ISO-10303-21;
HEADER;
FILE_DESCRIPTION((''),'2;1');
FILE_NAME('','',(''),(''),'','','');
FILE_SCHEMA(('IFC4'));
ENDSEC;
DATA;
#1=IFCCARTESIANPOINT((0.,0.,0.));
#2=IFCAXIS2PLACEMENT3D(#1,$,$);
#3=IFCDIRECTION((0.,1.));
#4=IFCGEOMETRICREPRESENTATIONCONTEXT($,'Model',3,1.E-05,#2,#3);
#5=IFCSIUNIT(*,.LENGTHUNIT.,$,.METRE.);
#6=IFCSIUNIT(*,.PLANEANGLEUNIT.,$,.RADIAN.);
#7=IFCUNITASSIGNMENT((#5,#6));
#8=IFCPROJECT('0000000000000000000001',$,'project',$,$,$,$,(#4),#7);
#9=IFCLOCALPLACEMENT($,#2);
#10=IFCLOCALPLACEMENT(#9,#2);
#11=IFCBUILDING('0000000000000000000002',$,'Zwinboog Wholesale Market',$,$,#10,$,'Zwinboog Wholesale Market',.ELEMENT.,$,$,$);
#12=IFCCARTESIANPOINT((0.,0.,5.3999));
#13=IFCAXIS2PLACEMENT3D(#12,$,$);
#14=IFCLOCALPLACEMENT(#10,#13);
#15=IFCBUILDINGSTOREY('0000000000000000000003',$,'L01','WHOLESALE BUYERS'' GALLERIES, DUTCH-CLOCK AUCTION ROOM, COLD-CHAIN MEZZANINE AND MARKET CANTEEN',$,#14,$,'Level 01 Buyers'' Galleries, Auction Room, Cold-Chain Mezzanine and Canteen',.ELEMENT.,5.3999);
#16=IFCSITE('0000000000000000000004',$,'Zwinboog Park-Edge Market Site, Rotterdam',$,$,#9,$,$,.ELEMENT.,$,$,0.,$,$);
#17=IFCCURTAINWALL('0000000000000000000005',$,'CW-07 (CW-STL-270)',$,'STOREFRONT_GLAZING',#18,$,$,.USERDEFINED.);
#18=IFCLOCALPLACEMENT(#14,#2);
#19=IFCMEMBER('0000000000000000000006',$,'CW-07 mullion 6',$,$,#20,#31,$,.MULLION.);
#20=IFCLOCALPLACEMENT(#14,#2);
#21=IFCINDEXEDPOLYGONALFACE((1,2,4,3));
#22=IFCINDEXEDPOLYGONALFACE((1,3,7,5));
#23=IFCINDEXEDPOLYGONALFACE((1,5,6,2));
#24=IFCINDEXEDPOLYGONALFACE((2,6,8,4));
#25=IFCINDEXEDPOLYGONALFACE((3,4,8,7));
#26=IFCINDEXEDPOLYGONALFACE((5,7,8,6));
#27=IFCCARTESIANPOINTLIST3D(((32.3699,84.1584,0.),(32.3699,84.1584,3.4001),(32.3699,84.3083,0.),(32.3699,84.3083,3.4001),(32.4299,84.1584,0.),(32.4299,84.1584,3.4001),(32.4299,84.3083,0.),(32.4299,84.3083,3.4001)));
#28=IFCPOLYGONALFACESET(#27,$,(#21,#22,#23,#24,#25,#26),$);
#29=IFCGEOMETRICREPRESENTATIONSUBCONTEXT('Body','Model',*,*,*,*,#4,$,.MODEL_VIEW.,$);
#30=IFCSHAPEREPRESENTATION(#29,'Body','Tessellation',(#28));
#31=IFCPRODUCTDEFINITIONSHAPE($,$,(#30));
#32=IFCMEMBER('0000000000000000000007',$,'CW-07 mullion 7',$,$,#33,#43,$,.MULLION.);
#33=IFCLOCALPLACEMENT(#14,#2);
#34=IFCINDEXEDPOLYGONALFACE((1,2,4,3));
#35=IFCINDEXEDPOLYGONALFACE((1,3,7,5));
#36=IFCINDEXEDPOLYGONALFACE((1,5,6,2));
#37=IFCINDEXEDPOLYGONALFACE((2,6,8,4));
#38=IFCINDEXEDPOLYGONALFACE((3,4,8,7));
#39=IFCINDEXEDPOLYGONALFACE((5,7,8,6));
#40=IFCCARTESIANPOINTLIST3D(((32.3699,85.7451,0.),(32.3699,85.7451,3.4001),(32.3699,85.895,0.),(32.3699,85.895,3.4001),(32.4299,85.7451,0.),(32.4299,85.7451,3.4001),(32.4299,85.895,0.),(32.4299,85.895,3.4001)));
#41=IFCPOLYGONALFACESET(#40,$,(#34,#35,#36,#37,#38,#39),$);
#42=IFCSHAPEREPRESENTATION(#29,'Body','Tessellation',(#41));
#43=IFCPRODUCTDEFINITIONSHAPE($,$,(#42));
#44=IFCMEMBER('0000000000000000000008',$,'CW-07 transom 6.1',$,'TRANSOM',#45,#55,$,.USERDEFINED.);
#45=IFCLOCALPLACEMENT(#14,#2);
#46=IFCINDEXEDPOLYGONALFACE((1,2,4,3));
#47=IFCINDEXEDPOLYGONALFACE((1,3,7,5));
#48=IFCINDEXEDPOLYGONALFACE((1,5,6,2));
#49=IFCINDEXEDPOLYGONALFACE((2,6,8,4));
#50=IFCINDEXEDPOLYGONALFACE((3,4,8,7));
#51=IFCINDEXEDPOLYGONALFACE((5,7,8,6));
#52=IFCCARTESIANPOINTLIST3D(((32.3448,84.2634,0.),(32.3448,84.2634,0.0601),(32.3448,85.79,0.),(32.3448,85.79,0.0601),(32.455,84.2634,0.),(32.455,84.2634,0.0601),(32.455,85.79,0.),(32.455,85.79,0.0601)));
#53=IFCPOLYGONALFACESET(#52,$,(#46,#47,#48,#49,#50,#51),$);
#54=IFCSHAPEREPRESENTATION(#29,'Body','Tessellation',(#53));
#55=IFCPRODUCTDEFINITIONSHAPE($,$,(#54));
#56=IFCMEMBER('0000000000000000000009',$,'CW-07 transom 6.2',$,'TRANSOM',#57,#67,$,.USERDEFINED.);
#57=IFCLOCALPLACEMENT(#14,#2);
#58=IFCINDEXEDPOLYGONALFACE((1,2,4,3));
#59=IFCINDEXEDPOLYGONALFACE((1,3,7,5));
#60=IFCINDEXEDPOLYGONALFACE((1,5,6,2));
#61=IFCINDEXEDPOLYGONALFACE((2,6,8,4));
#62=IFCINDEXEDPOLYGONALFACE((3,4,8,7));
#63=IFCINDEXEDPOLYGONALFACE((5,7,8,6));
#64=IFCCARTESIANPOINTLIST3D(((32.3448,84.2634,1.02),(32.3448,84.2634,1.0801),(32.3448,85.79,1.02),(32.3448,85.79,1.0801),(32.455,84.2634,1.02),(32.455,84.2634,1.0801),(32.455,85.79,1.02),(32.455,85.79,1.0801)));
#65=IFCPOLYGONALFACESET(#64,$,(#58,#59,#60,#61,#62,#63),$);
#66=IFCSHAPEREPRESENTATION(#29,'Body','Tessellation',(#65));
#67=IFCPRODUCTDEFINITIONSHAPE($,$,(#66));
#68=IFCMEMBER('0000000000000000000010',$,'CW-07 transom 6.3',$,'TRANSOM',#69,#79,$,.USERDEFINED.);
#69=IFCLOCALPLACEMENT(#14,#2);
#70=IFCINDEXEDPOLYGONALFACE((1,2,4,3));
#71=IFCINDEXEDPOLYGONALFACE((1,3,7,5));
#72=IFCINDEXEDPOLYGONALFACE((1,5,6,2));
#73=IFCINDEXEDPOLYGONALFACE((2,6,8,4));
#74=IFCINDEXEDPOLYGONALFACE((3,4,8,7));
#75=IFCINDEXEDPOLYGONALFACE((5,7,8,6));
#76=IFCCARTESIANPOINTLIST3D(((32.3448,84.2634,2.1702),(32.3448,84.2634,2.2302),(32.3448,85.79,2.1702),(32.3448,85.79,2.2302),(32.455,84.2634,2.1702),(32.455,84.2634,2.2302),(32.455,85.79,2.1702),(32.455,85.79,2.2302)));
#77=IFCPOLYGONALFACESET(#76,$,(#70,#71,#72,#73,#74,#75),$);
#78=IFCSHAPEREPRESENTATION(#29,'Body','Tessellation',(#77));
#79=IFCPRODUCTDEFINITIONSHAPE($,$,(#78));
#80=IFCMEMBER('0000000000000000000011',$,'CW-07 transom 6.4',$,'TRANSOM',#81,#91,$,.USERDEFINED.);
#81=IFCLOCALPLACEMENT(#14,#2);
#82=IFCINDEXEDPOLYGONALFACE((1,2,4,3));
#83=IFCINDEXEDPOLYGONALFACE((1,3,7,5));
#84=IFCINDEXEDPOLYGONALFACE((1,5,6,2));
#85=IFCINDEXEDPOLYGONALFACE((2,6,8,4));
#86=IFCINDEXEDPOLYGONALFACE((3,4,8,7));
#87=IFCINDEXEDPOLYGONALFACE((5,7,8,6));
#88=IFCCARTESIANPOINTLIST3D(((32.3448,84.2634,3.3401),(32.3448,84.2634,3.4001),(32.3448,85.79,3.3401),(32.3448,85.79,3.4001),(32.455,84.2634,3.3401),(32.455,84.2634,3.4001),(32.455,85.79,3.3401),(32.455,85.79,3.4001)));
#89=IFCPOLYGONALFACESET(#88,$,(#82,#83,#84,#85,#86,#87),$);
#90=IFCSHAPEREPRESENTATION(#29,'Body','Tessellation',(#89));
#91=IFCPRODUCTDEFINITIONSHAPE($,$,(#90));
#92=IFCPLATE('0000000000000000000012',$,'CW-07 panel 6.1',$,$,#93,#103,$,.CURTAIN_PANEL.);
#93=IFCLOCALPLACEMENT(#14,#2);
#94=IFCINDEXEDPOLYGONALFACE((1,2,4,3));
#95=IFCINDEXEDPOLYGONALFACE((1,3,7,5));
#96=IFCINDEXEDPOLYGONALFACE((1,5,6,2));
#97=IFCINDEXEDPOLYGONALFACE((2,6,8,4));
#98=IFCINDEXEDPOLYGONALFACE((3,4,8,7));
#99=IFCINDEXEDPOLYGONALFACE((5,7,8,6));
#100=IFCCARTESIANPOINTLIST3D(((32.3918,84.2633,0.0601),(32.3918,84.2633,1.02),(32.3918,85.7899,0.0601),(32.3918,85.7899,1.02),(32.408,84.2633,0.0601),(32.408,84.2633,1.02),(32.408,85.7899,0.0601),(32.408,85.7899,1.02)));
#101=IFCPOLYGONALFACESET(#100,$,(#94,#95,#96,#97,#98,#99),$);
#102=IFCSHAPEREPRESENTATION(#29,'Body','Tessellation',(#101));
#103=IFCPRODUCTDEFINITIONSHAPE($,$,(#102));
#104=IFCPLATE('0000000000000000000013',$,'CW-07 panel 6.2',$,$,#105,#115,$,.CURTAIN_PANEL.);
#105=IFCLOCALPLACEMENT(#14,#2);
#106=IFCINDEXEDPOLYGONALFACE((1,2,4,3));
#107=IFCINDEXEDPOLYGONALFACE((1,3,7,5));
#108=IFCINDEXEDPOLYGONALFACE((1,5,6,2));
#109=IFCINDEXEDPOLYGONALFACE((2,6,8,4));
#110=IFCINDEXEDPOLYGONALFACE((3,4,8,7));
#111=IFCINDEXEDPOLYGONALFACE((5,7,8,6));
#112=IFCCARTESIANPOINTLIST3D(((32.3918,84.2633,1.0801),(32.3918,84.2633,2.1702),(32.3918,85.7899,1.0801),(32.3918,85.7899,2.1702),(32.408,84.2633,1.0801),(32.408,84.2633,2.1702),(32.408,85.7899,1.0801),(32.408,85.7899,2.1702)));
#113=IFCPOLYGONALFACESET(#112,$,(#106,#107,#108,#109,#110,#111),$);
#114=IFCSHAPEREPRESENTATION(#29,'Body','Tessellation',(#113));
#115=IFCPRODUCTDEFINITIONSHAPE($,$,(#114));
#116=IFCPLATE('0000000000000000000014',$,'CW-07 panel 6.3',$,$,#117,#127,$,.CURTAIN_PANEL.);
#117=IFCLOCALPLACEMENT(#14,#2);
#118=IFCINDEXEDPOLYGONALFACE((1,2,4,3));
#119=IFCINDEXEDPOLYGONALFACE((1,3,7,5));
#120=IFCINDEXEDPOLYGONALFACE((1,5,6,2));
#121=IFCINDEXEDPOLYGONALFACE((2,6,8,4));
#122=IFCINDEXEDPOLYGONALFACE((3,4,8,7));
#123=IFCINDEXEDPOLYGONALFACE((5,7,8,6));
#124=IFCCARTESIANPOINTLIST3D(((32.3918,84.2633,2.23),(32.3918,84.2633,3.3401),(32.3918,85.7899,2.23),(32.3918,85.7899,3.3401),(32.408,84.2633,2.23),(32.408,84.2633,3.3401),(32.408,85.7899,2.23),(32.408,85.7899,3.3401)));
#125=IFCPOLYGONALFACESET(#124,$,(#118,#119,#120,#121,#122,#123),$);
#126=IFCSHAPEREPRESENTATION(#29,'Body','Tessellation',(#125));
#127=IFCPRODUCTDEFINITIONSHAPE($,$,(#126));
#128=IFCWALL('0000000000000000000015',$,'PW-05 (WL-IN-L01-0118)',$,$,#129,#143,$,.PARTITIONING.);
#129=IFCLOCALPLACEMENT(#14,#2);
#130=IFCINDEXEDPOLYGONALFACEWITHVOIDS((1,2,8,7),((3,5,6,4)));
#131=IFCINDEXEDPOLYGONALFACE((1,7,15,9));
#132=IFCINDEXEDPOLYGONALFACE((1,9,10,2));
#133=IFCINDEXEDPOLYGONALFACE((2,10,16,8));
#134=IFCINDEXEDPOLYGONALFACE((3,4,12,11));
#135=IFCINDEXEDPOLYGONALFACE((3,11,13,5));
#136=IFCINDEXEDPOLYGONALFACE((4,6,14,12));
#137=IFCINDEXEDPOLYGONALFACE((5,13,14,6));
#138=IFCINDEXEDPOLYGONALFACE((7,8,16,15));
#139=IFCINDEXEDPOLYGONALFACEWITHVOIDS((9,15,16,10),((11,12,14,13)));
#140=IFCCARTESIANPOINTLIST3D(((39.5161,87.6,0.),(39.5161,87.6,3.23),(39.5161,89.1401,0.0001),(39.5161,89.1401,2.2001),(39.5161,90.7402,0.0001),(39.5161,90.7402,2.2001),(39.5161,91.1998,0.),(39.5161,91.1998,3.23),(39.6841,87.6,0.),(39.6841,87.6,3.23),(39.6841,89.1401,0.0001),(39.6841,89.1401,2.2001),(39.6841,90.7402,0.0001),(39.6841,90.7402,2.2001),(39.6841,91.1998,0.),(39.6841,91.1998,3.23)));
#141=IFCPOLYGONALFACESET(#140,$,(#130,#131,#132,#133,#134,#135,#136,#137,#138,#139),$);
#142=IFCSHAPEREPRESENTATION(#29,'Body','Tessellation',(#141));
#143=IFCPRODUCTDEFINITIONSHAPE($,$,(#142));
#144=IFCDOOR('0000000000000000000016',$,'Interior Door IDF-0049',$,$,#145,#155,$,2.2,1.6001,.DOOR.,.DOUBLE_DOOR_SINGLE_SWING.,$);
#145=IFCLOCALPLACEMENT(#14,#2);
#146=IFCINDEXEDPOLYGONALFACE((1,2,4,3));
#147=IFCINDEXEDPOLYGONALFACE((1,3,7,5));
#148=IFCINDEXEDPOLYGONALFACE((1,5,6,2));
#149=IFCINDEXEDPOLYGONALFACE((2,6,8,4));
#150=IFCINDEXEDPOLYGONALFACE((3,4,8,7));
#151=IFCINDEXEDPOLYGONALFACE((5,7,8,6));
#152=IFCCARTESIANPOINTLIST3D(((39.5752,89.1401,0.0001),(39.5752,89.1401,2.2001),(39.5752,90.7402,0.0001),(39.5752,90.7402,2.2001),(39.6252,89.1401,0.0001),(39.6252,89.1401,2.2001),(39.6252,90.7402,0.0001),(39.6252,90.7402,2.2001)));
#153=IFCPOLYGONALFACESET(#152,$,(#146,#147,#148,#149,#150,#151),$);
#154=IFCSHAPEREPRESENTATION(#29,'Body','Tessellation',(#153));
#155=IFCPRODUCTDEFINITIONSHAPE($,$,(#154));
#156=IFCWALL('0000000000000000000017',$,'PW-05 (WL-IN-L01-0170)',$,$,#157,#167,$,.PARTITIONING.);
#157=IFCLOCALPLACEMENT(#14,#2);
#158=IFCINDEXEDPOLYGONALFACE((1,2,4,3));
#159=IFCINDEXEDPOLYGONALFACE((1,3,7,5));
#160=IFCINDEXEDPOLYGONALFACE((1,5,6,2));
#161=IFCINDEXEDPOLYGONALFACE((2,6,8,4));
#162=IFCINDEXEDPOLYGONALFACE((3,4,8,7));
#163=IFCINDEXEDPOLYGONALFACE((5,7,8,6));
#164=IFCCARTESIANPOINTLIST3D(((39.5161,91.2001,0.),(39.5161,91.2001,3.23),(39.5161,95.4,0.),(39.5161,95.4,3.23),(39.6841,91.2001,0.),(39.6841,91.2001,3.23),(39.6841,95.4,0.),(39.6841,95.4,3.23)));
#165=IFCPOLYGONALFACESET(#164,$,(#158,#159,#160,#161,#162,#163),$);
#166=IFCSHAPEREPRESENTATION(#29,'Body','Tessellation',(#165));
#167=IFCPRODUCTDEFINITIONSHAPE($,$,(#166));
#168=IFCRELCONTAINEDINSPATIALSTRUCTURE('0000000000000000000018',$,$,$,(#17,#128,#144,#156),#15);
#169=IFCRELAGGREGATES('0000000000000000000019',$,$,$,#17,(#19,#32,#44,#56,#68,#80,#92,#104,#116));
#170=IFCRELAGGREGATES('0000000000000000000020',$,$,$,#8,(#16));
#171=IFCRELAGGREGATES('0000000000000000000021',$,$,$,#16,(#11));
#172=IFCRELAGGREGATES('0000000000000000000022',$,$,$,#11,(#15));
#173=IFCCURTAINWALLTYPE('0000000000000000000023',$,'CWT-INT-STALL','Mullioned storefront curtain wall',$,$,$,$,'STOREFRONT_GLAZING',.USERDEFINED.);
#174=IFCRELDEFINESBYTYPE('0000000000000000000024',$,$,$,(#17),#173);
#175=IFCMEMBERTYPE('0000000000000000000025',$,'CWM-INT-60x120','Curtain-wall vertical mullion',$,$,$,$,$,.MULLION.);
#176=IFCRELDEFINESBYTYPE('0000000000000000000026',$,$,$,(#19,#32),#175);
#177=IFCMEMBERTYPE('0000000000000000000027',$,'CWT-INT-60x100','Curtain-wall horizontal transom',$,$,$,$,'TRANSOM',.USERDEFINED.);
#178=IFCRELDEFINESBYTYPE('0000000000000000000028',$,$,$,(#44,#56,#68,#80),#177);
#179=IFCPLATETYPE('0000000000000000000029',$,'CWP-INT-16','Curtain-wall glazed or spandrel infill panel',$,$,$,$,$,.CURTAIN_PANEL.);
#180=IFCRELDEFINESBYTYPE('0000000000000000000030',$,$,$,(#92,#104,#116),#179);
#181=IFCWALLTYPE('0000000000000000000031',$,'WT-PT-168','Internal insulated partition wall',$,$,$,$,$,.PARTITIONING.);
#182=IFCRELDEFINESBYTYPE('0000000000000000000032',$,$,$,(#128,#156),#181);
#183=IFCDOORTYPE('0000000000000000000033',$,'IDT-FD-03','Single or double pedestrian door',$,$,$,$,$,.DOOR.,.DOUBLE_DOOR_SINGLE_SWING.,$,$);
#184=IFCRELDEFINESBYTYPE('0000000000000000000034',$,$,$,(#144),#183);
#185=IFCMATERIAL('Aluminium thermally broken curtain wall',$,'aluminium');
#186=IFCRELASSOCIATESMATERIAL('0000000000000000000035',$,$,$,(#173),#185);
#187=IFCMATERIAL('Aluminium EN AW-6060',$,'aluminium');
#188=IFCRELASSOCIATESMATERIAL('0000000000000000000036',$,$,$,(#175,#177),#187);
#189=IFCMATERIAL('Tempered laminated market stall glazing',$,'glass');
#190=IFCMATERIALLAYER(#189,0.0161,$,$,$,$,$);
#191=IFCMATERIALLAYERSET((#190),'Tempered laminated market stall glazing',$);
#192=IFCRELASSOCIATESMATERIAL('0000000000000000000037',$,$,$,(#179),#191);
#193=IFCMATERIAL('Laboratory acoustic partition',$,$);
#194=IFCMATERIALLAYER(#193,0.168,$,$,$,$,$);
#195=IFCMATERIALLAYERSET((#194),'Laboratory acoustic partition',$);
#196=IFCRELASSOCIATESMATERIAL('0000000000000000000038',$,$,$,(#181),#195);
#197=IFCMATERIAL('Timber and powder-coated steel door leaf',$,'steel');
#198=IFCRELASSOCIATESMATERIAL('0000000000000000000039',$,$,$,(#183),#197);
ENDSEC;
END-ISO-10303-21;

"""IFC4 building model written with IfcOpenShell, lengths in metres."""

from ifc_helpers import new_model, si_unit, direction, frame, frame_2d, origin, origin_2d, place, context, subcontext, project, spatial, rectangle, extrude, material, layer, layer_set, material_profile, profile_set, type_object, element, fill, aggregate, save


model = new_model("IFC4")

# Units and contexts
model_context = context("Model", 3, precision=1e-05, world=origin(), true_north=direction((0.0, 1.0)))
body_context = subcontext(model_context, "Body", "Model", "MODEL_VIEW")
ifc_project = project(units=[si_unit("LENGTHUNIT", "METRE"), si_unit("PLANEANGLEUNIT", "RADIAN")], contexts=[model_context])

# Site, building, storey
site_placement = place(None, origin())
site = spatial("IfcSite", under=ifc_project, at=site_placement, Name="Zwinboog Park-Edge Market Site, Rotterdam", CompositionType="ELEMENT", RefElevation=0.0)
building_placement = place(site_placement, origin())
building = spatial("IfcBuilding", under=site, at=building_placement, Name="Zwinboog Wholesale Market", LongName="Zwinboog Wholesale Market", CompositionType="ELEMENT")
storey_placement = place(building_placement, frame((0.0, 0.0, 5.3999)))
storey = spatial("IfcBuildingStorey", under=building, at=storey_placement, Name="L01", Description="WHOLESALE BUYERS' GALLERIES, DUTCH-CLOCK AUCTION ROOM, COLD-CHAIN MEZZANINE AND MARKET CANTEEN", LongName="Level 01 Buyers' Galleries, Auction Room, Cold-Chain Mezzanine and Canteen", CompositionType="ELEMENT", Elevation=5.3999)

# Curtain wall, members, plates
ifc_material_1 = material(Name="Aluminium thermally broken curtain wall", Category="aluminium")
curtain_wall_type = type_object("IfcCurtainWallType", Name="CWT-INT-STALL", Description="Mullioned storefront curtain wall", ElementType="STOREFRONT_GLAZING", PredefinedType="USERDEFINED", material=ifc_material_1)
curtain_wall_placement = place(storey_placement, origin())
curtain_wall = element("IfcCurtainWall", 1, at=curtain_wall_placement, inside=storey, type_object=curtain_wall_type, Name="CW-07 (CW-STL-270)", ObjectType="STOREFRONT_GLAZING", PredefinedType="USERDEFINED")
ifc_material_2 = material(Name="Aluminium EN AW-6060", Category="aluminium")
ifc_material_profile_1 = material_profile(ifc_material_2, rectangle(XDim=0.0601, YDim=0.1499, at=origin_2d()), Name="AL 60x150")
ifc_profile_set_1 = profile_set([ifc_material_profile_1], Name="Aluminium EN AW-6060")
member_type_1 = type_object("IfcMemberType", Name="CWM-INT-60x120", Description="Curtain-wall vertical mullion", PredefinedType="MULLION", material=ifc_profile_set_1)
member_1_placement = place(storey_placement, frame((32.3999, 84.2334, 0.0), z_axis=(0.0, 0.0, 1.0), x_axis=(-1.0, 0.0, 0.0)))
member_1 = element("IfcMember", 2, at=member_1_placement, type_object=member_type_1, Name="CW-07 mullion 6", PredefinedType="MULLION", context=body_context, shape_type="SweptSolid", body=[
    extrude(rectangle(XDim=0.0601, YDim=0.1499, at=origin_2d()), origin(), (0.0, 0.0, 1.0), 3.4001),
])
member_2_placement = place(storey_placement, frame((32.3999, 85.8201, 0.0), z_axis=(0.0, 0.0, 1.0), x_axis=(-1.0, 0.0, 0.0)))
member_2 = element("IfcMember", 3, at=member_2_placement, type_object=member_type_1, Name="CW-07 mullion 7", PredefinedType="MULLION", context=body_context, shape_type="SweptSolid", body=[
    extrude(rectangle(XDim=0.0601, YDim=0.1499, at=origin_2d()), origin(), (0.0, 0.0, 1.0), 3.4001),
])
ifc_material_profile_2 = material_profile(ifc_material_2, rectangle(XDim=0.1101, YDim=0.0601, at=origin_2d()), Name="AL 60x110")
ifc_profile_set_2 = profile_set([ifc_material_profile_2], Name="Aluminium EN AW-6060")
member_type_2 = type_object("IfcMemberType", Name="CWT-INT-60x100", Description="Curtain-wall horizontal transom", ElementType="TRANSOM", PredefinedType="USERDEFINED", material=ifc_profile_set_2)
member_3_placement = place(storey_placement, frame((32.3999, 84.2634, 0.03), z_axis=(0.0, 1.0, 0.0), x_axis=(-1.0, 0.0, 0.0)))
member_3 = element("IfcMember", 4, at=member_3_placement, type_object=member_type_2, Name="CW-07 transom 6.1", ObjectType="TRANSOM", PredefinedType="USERDEFINED", context=body_context, shape_type="SweptSolid", body=[
    extrude(rectangle(XDim=0.1101, YDim=0.0601, at=origin_2d()), origin(), (0.0, 0.0, 1.0), 1.5266),
])
member_4_placement = place(storey_placement, frame((32.3999, 84.2634, 1.05), z_axis=(0.0, 1.0, 0.0), x_axis=(-1.0, 0.0, 0.0)))
member_4 = element("IfcMember", 5, at=member_4_placement, type_object=member_type_2, Name="CW-07 transom 6.2", ObjectType="TRANSOM", PredefinedType="USERDEFINED", context=body_context, shape_type="SweptSolid", body=[
    extrude(rectangle(XDim=0.1101, YDim=0.0601, at=origin_2d()), origin(), (0.0, 0.0, 1.0), 1.5266),
])
member_5_placement = place(storey_placement, frame((32.3999, 84.2634, 2.2002), z_axis=(0.0, 1.0, 0.0), x_axis=(-1.0, 0.0, 0.0)))
member_5 = element("IfcMember", 6, at=member_5_placement, type_object=member_type_2, Name="CW-07 transom 6.3", ObjectType="TRANSOM", PredefinedType="USERDEFINED", context=body_context, shape_type="SweptSolid", body=[
    extrude(rectangle(XDim=0.1101, YDim=0.0601, at=origin_2d()), origin(), (0.0, 0.0, 1.0), 1.5266),
])
member_6_placement = place(storey_placement, frame((32.3999, 84.2634, 3.3701), z_axis=(0.0, 1.0, 0.0), x_axis=(-1.0, 0.0, 0.0)))
member_6 = element("IfcMember", 7, at=member_6_placement, type_object=member_type_2, Name="CW-07 transom 6.4", ObjectType="TRANSOM", PredefinedType="USERDEFINED", context=body_context, shape_type="SweptSolid", body=[
    extrude(rectangle(XDim=0.1101, YDim=0.0601, at=origin_2d()), origin(), (0.0, 0.0, 1.0), 1.5266),
])
ifc_material_3 = material(Name="Tempered laminated market stall glazing", Category="glass")
ifc_layer_1 = layer(ifc_material_3, 0.0161)
ifc_layer_set_1 = layer_set([ifc_layer_1], Name="Tempered laminated market stall glazing")
plate_type = type_object("IfcPlateType", Name="CWP-INT-16", Description="Curtain-wall glazed or spandrel infill panel", PredefinedType="CURTAIN_PANEL", material=ifc_layer_set_1)
plate_1_placement = place(storey_placement, frame((32.3999, 85.0266, 0.0601), z_axis=(0.0, 0.0, 1.0), x_axis=(0.0, 1.0, 0.0)))
plate_1 = element("IfcPlate", 8, at=plate_1_placement, type_object=plate_type, Name="CW-07 panel 6.1", PredefinedType="CURTAIN_PANEL", context=body_context, shape_type="SweptSolid", body=[
    extrude(rectangle(XDim=1.5266, YDim=0.0161, at=origin_2d()), origin(), (0.0, 0.0, 1.0), 0.96),
])
plate_2_placement = place(storey_placement, frame((32.3999, 85.0266, 1.0801), z_axis=(0.0, 0.0, 1.0), x_axis=(0.0, 1.0, 0.0)))
plate_2 = element("IfcPlate", 9, at=plate_2_placement, type_object=plate_type, Name="CW-07 panel 6.2", PredefinedType="CURTAIN_PANEL", context=body_context, shape_type="SweptSolid", body=[
    extrude(rectangle(XDim=1.5266, YDim=0.0161, at=origin_2d()), origin(), (0.0, 0.0, 1.0), 1.0901),
])
plate_3_placement = place(storey_placement, frame((32.3999, 85.0266, 2.23), z_axis=(0.0, 0.0, 1.0), x_axis=(0.0, 1.0, 0.0)))
plate_3 = element("IfcPlate", 10, at=plate_3_placement, type_object=plate_type, Name="CW-07 panel 6.3", PredefinedType="CURTAIN_PANEL", context=body_context, shape_type="SweptSolid", body=[
    extrude(rectangle(XDim=1.5266, YDim=0.0161, at=origin_2d()), origin(), (0.0, 0.0, 1.0), 1.1101),
])
aggregate(curtain_wall, [member_1, member_2, member_3, member_4, member_5, member_6, plate_1, plate_2, plate_3])

# Wall, opening, door
ifc_material_4 = material(Name="Laboratory acoustic partition")
ifc_layer_2 = layer(ifc_material_4, 0.168)
ifc_layer_set_2 = layer_set([ifc_layer_2], Name="Laboratory acoustic partition")
wall_type = type_object("IfcWallType", Name="WT-PT-168", Description="Internal insulated partition wall", PredefinedType="PARTITIONING", material=ifc_layer_set_2)
wall_1_placement = place(storey_placement, frame((39.6001, 87.6001, 0.0), z_axis=(0.0, 0.0, 1.0), x_axis=(0.0, 1.0, 0.0)))
wall_1 = element("IfcWall", 11, at=wall_1_placement, inside=storey, type_object=wall_type, Name="PW-05 (WL-IN-L01-0118)", PredefinedType="PARTITIONING", context=body_context, shape_type="SweptSolid", body=[
    extrude(rectangle(XDim=3.5999, YDim=0.168, at=frame_2d((1.7998, 0.0))), origin(), (0.0, 0.0, 1.0), 3.23),
])
opening_placement = place(wall_1_placement, frame((1.54, 0.0, 0.0)))
opening = element("IfcOpeningElement", 12, at=opening_placement, cuts=wall_1, PredefinedType="OPENING", context=body_context, shape_type="SweptSolid", body=[
    extrude(rectangle(XDim=1.6001, YDim=2.2, at=frame_2d((0.8, 1.1001))), frame((0.0, 0.094, 0.0), z_axis=(0.0, -1.0, 0.0), x_axis=(1.0, 0.0, 0.0)), (0.0, 0.0, 1.0), 0.188),
])
ifc_material_5 = material(Name="Timber and powder-coated steel door leaf", Category="steel")
door_type = type_object("IfcDoorType", Name="IDT-FD-03", Description="Single or double pedestrian door", OperationType="DOUBLE_DOOR_SINGLE_SWING", PredefinedType="DOOR", material=ifc_material_5)
door_placement = place(opening_placement, origin())
door = element("IfcDoor", 13, at=door_placement, inside=storey, type_object=door_type, Name="Interior Door IDF-0049", OperationType="DOUBLE_DOOR_SINGLE_SWING", OverallHeight=2.2, OverallWidth=1.6001, PredefinedType="DOOR", context=body_context, shape_type="SweptSolid", body=[
    extrude(rectangle(XDim=1.6001, YDim=2.2, at=frame_2d((0.8, 1.1001))), frame((0.0, 0.0249, 0.0), z_axis=(0.0, -1.0, 0.0), x_axis=(1.0, 0.0, 0.0)), (0.0, 0.0, 1.0), 0.05),
])
fill(opening, door)

# Wall
wall_2_placement = place(storey_placement, frame((39.6001, 91.2, 0.0), z_axis=(0.0, 0.0, 1.0), x_axis=(0.0, 1.0, 0.0)))
element("IfcWall", 14, at=wall_2_placement, inside=storey, type_object=wall_type, Name="PW-05 (WL-IN-L01-0170)", PredefinedType="PARTITIONING", context=body_context, shape_type="SweptSolid", body=[
    extrude(rectangle(XDim=4.2, YDim=0.168, at=frame_2d((2.1001, 0.0))), origin(), (0.0, 0.0, 1.0), 3.23),
])

save(model, "model.ifc")
